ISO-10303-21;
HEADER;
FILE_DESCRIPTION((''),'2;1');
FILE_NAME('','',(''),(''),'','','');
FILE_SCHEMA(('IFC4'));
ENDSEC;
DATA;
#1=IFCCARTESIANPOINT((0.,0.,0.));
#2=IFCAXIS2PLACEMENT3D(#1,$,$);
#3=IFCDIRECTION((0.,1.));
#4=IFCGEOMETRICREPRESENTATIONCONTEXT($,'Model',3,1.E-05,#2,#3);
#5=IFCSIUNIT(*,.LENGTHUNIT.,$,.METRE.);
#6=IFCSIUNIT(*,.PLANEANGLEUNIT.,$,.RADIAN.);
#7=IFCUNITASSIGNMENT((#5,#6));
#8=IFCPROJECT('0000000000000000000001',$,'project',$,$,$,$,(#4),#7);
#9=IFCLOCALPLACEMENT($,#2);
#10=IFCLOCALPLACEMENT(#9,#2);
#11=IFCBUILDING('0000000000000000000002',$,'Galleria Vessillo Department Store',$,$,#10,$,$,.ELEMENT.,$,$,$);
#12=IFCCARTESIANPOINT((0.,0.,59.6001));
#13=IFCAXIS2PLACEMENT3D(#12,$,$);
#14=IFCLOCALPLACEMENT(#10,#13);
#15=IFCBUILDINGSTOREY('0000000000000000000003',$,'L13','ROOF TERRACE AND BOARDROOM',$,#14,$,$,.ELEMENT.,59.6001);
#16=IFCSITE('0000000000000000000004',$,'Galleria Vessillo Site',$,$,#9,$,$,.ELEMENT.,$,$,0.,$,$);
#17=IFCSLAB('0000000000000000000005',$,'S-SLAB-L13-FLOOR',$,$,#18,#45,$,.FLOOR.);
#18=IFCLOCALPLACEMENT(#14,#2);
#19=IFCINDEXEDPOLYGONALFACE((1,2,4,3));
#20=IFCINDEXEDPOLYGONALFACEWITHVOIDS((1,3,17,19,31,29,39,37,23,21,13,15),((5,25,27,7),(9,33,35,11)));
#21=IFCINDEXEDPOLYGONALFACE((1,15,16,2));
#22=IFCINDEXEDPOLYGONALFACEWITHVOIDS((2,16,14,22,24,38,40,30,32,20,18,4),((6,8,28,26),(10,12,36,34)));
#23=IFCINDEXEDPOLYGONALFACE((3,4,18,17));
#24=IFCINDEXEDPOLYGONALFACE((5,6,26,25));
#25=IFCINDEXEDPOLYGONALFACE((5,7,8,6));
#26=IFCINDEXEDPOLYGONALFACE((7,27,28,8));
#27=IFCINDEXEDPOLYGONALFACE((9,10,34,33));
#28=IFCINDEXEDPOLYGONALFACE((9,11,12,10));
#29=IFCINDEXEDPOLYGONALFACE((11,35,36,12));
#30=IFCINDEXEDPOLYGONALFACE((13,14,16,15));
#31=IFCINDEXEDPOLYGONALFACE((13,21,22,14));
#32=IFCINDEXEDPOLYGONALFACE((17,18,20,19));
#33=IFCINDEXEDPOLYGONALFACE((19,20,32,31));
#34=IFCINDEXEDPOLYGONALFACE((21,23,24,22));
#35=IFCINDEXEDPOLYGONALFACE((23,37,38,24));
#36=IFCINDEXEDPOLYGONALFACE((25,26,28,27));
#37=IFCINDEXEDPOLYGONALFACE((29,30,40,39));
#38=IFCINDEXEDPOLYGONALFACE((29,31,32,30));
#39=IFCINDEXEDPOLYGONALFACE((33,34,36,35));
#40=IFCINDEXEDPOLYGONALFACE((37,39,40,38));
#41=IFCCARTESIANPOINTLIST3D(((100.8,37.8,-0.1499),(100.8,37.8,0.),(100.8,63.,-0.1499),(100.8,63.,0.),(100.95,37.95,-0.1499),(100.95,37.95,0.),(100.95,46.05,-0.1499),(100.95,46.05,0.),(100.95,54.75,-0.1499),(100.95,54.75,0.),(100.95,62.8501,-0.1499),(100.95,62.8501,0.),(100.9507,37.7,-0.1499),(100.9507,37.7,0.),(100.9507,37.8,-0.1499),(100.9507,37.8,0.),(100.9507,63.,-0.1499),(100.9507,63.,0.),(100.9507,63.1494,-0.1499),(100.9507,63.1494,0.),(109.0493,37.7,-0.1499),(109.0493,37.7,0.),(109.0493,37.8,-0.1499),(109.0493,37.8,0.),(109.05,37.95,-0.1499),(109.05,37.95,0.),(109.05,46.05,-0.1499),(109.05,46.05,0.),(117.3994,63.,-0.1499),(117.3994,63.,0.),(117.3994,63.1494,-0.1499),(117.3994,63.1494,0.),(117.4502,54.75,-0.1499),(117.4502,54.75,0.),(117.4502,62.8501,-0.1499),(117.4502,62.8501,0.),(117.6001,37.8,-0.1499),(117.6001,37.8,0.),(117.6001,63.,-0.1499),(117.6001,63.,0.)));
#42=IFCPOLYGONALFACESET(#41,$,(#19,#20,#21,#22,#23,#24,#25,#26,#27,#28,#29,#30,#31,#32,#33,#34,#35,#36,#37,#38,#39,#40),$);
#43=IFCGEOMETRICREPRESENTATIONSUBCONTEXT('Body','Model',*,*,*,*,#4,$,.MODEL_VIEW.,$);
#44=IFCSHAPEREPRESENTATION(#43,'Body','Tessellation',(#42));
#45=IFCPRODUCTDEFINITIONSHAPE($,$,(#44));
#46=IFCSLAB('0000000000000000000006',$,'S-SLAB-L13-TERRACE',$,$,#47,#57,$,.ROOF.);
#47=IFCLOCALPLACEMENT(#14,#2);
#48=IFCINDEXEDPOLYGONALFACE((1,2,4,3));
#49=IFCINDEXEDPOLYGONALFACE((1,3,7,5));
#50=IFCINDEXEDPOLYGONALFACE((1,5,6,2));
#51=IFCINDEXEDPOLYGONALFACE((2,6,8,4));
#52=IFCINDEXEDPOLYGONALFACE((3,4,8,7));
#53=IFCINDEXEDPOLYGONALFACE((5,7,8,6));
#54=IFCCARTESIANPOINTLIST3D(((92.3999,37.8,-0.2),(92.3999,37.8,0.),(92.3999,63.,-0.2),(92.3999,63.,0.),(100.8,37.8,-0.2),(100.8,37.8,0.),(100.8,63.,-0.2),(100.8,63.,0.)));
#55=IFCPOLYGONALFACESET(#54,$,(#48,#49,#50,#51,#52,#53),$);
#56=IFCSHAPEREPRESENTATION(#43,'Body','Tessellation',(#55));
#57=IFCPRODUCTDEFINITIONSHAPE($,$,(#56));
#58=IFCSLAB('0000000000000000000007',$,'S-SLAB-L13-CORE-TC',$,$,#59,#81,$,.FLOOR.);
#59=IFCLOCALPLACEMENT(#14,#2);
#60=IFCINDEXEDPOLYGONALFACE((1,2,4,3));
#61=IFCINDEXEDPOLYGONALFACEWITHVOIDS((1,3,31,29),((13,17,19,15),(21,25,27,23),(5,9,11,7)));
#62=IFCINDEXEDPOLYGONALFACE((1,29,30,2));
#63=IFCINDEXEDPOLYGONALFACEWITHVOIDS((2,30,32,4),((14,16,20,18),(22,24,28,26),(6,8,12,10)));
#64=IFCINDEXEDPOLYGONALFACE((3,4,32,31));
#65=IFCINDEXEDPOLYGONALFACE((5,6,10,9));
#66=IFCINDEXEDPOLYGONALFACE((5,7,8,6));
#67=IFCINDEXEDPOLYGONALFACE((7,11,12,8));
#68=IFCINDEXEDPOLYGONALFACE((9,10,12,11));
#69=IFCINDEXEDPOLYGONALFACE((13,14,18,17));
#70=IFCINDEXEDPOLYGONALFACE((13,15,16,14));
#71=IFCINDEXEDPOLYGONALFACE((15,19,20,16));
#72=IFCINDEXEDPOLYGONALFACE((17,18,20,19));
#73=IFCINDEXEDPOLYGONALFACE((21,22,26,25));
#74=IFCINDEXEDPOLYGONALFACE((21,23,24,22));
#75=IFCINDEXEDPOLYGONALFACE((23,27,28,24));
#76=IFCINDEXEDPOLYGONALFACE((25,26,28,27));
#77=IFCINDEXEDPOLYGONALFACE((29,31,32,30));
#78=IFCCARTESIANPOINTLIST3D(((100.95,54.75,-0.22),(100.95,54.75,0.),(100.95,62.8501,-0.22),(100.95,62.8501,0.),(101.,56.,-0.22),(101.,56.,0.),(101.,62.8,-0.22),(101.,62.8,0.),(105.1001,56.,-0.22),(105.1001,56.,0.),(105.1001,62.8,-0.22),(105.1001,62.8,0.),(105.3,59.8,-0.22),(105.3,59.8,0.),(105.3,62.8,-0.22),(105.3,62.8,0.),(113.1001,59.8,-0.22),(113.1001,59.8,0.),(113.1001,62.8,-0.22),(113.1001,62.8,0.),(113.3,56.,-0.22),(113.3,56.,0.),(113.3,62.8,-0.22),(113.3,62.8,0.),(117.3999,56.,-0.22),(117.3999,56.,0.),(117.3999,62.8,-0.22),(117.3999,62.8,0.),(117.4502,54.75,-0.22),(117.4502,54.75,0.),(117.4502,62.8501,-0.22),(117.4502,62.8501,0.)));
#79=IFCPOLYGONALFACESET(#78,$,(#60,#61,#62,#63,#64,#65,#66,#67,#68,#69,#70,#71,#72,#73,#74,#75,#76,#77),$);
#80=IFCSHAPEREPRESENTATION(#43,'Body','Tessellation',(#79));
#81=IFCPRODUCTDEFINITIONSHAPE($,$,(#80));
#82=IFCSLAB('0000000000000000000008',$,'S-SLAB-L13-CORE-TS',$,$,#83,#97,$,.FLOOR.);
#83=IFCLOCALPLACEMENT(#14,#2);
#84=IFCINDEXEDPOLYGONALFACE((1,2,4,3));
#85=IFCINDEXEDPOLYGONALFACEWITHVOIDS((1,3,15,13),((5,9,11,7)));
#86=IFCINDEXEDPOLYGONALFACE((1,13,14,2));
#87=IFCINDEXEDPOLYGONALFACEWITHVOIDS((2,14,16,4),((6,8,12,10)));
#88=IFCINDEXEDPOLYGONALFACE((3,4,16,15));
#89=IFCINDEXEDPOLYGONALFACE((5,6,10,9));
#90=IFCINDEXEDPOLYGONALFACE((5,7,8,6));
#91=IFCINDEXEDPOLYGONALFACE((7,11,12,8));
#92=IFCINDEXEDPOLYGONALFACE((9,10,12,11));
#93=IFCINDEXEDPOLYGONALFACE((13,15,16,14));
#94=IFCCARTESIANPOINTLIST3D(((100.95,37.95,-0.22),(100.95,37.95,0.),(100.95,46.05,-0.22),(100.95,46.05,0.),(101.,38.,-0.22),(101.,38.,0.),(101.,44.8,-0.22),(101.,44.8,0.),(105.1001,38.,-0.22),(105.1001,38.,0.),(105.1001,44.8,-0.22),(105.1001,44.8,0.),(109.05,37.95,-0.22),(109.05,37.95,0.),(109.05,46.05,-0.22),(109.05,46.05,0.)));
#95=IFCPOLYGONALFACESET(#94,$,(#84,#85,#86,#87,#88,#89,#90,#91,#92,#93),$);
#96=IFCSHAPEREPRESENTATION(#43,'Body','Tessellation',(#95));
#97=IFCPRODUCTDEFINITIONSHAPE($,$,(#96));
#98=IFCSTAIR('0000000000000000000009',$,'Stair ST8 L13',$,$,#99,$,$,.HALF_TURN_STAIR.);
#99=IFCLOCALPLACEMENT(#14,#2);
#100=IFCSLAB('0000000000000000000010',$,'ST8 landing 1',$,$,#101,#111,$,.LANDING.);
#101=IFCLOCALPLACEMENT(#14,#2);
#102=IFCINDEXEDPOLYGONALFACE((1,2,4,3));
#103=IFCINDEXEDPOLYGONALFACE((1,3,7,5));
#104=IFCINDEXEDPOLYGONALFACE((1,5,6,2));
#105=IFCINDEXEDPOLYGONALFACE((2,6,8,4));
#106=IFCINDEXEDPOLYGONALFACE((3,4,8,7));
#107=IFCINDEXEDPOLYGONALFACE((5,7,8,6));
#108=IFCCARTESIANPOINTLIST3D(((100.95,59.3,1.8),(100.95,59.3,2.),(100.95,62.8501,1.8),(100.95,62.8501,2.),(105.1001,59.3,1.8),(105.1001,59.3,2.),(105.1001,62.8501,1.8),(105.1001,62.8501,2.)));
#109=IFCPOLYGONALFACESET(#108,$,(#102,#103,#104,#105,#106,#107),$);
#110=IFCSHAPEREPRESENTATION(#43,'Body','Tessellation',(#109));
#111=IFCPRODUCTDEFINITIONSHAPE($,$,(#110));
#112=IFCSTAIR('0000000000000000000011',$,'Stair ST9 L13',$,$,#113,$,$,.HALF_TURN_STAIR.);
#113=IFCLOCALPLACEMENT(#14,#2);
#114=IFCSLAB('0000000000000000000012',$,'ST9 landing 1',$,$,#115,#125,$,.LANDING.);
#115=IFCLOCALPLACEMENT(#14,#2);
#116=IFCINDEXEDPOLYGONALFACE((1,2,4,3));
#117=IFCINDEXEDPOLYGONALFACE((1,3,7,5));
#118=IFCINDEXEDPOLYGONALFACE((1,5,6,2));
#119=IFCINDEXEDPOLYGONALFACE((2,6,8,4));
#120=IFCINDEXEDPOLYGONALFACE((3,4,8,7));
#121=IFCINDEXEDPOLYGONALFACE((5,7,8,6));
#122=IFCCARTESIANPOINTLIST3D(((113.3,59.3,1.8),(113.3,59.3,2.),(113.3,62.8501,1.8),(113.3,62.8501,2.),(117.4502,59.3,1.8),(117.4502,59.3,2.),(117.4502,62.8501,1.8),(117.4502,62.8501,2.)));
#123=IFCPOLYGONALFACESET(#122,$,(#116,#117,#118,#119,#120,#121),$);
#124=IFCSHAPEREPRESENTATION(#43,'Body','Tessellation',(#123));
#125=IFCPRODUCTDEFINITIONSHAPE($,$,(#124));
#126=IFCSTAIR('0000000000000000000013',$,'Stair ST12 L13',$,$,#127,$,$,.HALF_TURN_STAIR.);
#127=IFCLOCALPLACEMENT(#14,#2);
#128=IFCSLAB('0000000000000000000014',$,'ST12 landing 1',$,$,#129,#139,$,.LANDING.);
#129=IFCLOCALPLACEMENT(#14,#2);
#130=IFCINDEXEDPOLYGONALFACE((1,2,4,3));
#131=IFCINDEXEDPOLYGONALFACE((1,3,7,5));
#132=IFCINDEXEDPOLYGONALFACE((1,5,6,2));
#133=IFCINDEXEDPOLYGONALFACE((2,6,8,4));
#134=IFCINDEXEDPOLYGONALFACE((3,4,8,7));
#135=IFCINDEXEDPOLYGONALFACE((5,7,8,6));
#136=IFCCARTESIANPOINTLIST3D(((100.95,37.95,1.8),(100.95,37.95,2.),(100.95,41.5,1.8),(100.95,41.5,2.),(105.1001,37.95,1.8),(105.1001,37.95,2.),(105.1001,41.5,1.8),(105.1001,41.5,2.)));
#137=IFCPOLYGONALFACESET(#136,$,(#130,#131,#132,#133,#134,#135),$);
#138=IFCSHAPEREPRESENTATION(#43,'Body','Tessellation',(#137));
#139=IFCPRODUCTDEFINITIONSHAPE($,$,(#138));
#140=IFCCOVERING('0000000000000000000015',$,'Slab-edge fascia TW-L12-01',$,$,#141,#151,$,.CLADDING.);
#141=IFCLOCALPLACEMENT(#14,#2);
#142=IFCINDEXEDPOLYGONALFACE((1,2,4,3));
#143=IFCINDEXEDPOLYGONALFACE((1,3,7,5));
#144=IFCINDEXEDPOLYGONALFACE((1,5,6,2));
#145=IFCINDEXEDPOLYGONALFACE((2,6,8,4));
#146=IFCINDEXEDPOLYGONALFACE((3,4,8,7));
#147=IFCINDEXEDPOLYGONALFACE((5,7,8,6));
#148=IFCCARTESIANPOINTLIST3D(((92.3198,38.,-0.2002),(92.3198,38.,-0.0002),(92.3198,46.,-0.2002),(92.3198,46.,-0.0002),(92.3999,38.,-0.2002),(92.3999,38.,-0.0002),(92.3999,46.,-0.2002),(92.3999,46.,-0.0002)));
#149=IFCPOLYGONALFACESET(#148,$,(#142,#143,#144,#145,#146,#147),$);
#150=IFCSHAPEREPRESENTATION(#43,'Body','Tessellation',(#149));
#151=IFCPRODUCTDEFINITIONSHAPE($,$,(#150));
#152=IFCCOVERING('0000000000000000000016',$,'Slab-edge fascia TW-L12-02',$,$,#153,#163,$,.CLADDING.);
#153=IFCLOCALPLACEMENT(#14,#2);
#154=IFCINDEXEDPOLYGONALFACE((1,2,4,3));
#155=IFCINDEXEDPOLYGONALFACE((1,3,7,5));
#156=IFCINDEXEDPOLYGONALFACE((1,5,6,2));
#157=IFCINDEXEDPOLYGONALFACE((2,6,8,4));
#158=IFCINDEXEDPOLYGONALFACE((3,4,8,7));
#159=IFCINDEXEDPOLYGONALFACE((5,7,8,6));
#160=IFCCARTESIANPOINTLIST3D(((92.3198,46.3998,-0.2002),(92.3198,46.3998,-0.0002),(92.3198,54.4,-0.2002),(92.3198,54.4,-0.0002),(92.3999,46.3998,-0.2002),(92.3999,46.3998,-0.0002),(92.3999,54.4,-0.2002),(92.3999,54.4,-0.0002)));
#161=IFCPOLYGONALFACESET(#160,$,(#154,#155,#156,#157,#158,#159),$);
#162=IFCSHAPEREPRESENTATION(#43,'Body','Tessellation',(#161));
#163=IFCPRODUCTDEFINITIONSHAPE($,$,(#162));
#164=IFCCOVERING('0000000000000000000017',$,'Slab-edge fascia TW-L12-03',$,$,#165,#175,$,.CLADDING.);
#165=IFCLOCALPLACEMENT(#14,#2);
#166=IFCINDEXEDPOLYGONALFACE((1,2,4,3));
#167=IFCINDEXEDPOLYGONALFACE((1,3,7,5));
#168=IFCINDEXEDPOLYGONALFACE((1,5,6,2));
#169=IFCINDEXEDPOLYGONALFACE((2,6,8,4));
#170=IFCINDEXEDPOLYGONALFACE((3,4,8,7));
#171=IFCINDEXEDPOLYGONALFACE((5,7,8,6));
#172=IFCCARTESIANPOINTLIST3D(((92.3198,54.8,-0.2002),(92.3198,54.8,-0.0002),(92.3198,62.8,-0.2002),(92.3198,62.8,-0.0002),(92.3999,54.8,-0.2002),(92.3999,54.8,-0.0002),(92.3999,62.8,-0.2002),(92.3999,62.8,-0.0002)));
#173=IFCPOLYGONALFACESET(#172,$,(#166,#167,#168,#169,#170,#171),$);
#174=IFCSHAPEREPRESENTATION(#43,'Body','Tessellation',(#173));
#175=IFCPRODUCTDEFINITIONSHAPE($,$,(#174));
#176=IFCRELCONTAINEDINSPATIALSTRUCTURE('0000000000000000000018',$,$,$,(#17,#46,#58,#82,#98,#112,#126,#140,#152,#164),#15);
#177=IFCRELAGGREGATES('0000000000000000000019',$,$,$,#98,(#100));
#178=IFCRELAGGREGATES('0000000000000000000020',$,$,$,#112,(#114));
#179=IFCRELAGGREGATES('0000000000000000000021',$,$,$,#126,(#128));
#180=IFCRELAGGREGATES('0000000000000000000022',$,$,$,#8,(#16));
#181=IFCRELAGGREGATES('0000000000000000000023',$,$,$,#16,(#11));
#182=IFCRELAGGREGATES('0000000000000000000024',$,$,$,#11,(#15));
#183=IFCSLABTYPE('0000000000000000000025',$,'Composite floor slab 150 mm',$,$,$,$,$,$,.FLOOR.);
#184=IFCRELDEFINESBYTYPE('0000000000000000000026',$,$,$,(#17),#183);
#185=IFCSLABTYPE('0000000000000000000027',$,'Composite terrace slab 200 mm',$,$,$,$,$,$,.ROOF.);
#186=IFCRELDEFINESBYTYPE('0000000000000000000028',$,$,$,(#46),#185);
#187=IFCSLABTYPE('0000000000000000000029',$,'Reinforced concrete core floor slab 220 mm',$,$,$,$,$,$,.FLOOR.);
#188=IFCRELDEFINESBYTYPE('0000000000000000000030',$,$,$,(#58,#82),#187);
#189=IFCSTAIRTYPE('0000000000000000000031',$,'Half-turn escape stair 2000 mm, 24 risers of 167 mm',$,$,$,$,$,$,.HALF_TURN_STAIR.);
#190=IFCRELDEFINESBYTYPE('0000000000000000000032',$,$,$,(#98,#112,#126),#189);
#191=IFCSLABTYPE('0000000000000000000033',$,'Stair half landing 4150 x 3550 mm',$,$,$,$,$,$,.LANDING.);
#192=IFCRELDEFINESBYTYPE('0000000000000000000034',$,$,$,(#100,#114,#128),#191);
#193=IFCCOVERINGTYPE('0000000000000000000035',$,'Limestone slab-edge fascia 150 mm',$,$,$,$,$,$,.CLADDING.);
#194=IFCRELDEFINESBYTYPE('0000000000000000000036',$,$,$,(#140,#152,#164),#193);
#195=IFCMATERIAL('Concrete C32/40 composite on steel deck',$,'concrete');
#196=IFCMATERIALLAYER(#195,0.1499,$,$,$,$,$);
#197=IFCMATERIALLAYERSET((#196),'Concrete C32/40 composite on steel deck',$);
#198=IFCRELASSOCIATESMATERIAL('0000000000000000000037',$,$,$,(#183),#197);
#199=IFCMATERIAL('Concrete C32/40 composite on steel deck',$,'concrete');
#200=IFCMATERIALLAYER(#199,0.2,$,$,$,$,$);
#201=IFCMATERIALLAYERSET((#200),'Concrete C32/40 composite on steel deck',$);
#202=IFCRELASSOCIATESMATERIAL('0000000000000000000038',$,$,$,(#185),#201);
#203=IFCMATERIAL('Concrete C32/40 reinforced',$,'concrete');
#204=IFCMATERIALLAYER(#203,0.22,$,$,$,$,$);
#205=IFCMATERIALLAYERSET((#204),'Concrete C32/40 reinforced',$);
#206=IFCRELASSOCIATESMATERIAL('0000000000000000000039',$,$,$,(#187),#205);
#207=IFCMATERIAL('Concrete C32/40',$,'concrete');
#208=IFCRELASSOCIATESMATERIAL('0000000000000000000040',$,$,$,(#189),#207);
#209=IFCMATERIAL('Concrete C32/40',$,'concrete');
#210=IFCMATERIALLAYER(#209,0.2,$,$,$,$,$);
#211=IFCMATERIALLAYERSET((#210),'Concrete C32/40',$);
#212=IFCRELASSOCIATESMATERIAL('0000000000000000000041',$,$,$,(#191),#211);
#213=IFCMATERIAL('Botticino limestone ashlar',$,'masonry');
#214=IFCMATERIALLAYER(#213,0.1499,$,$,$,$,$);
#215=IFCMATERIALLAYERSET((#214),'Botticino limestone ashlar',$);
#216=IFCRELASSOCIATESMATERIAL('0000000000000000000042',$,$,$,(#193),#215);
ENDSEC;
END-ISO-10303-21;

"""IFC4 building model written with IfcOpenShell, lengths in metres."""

from ifc_helpers import new_model, si_unit, direction, frame, origin, origin_2d, place, context, subcontext, project, spatial, polyline, rectangle, outline, extrude, material, layer, layer_set, type_object, element, aggregate, save


model = new_model("IFC4")

# Units and contexts
model_context = context("Model", 3, precision=1e-05, world=origin(), true_north=direction((0.0, 1.0)))
body_context = subcontext(model_context, "Body", "Model", "MODEL_VIEW")
ifc_project = project(units=[si_unit("LENGTHUNIT", "METRE"), si_unit("PLANEANGLEUNIT", "RADIAN")], contexts=[model_context])

# Site, building, storey
site_placement = place(None, origin())
site = spatial("IfcSite", under=ifc_project, at=site_placement, Name="Galleria Vessillo Site", CompositionType="ELEMENT", RefElevation=0.0)
building_placement = place(site_placement, origin())
building = spatial("IfcBuilding", under=site, at=building_placement, Name="Galleria Vessillo Department Store", CompositionType="ELEMENT")
storey_placement = place(building_placement, frame((0.0, 0.0, 59.6001)))
storey = spatial("IfcBuildingStorey", under=building, at=storey_placement, Name="L13", Description="ROOF TERRACE AND BOARDROOM", CompositionType="ELEMENT", Elevation=59.6001)

# Slabs
ifc_material_1 = material(Name="Concrete C32/40 composite on steel deck", Category="concrete")
ifc_layer_1 = layer(ifc_material_1, 0.1499)
ifc_layer_set_1 = layer_set([ifc_layer_1], Name="Concrete C32/40 composite on steel deck")
slab_type_1 = type_object("IfcSlabType", Name="Composite floor slab 150 mm", PredefinedType="FLOOR", material=ifc_layer_set_1)
slab_1_placement = place(storey_placement, frame((0.0, 0.0, -0.1499)))
element("IfcSlab", 1, at=slab_1_placement, inside=storey, type_object=slab_type_1, Name="S-SLAB-L13-FLOOR", PredefinedType="FLOOR", context=body_context, shape_type="SweptSolid", body=[
    extrude(outline(polyline([(100.9507, 37.7), (100.9507, 37.8), (100.8, 37.8), (100.8, 63.0), (100.9507, 63.0), (100.9507, 63.1494), (117.3994, 63.1494), (117.3994, 63.0), (117.6001, 63.0), (117.6001, 37.8), (109.0493, 37.8), (109.0493, 37.7), (100.9507, 37.7)]), holes=[polyline([(109.05, 37.95), (109.05, 46.05), (100.95, 46.05), (100.95, 37.95), (109.05, 37.95)]), polyline([(117.4502, 54.75), (117.4502, 62.8501), (100.95, 62.8501), (100.95, 54.75), (117.4502, 54.75)])]), origin(), (0.0, 0.0, 1.0), 0.1499),
])
ifc_material_2 = material(Name="Concrete C32/40 composite on steel deck", Category="concrete")
ifc_layer_2 = layer(ifc_material_2, 0.2)
ifc_layer_set_2 = layer_set([ifc_layer_2], Name="Concrete C32/40 composite on steel deck")
slab_type_2 = type_object("IfcSlabType", Name="Composite terrace slab 200 mm", PredefinedType="ROOF", material=ifc_layer_set_2)
slab_2_placement = place(storey_placement, frame((0.0, 0.0, -0.2)))
element("IfcSlab", 2, at=slab_2_placement, inside=storey, type_object=slab_type_2, Name="S-SLAB-L13-TERRACE", PredefinedType="ROOF", context=body_context, shape_type="SweptSolid", body=[
    extrude(outline(polyline([(92.3999, 37.8), (92.3999, 63.0), (100.8, 63.0), (100.8, 37.8), (92.3999, 37.8)])), origin(), (0.0, 0.0, 1.0), 0.2),
])
ifc_material_3 = material(Name="Concrete C32/40 reinforced", Category="concrete")
ifc_layer_3 = layer(ifc_material_3, 0.22)
ifc_layer_set_3 = layer_set([ifc_layer_3], Name="Concrete C32/40 reinforced")
slab_type_3 = type_object("IfcSlabType", Name="Reinforced concrete core floor slab 220 mm", PredefinedType="FLOOR", material=ifc_layer_set_3)
slab_3_placement = place(storey_placement, frame((0.0, 0.0, -0.22)))
element("IfcSlab", 3, at=slab_3_placement, inside=storey, type_object=slab_type_3, Name="S-SLAB-L13-CORE-TC", PredefinedType="FLOOR", context=body_context, shape_type="SweptSolid", body=[
    extrude(outline(polyline([(100.95, 54.75), (100.95, 62.8501), (117.4502, 62.8501), (117.4502, 54.75), (100.95, 54.75)]), holes=[polyline([(105.1001, 56.0), (105.1001, 62.8), (101.0, 62.8), (101.0, 56.0), (105.1001, 56.0)]), polyline([(113.3, 56.0), (117.3999, 56.0), (117.3999, 62.8), (113.3, 62.8), (113.3, 56.0)]), polyline([(105.3, 59.8), (113.1001, 59.8), (113.1001, 62.8), (105.3, 62.8), (105.3, 59.8)])]), origin(), (0.0, 0.0, 1.0), 0.22),
])
slab_4_placement = place(storey_placement, frame((0.0, 0.0, -0.22)))
element("IfcSlab", 4, at=slab_4_placement, inside=storey, type_object=slab_type_3, Name="S-SLAB-L13-CORE-TS", PredefinedType="FLOOR", context=body_context, shape_type="SweptSolid", body=[
    extrude(outline(polyline([(100.95, 37.95), (100.95, 46.05), (109.05, 46.05), (109.05, 37.95), (100.95, 37.95)]), holes=[polyline([(105.1001, 44.8), (101.0, 44.8), (101.0, 38.0), (105.1001, 38.0), (105.1001, 44.8)])]), origin(), (0.0, 0.0, 1.0), 0.22),
])

# Stairs, slabs
ifc_material_4 = material(Name="Concrete C32/40", Category="concrete")
stair_type = type_object("IfcStairType", Name="Half-turn escape stair 2000 mm, 24 risers of 167 mm", PredefinedType="HALF_TURN_STAIR", material=ifc_material_4)
stair_1_placement = place(storey_placement, origin())
stair_1 = element("IfcStair", 5, at=stair_1_placement, inside=storey, type_object=stair_type, Name="Stair ST8 L13", PredefinedType="HALF_TURN_STAIR")
ifc_material_5 = material(Name="Concrete C32/40", Category="concrete")
ifc_layer_4 = layer(ifc_material_5, 0.2)
ifc_layer_set_4 = layer_set([ifc_layer_4], Name="Concrete C32/40")
slab_type_4 = type_object("IfcSlabType", Name="Stair half landing 4150 x 3550 mm", PredefinedType="LANDING", material=ifc_layer_set_4)
slab_5_placement = place(storey_placement, frame((0.0, 0.0, 1.8)))
slab_5 = element("IfcSlab", 6, at=slab_5_placement, type_object=slab_type_4, Name="ST8 landing 1", PredefinedType="LANDING", context=body_context, shape_type="SweptSolid", body=[
    extrude(outline(polyline([(100.95, 59.3), (100.95, 62.8501), (105.1001, 62.8501), (105.1001, 59.3), (100.95, 59.3)])), origin(), (0.0, 0.0, 1.0), 0.2),
])
aggregate(stair_1, [slab_5])
stair_2_placement = place(storey_placement, origin())
stair_2 = element("IfcStair", 7, at=stair_2_placement, inside=storey, type_object=stair_type, Name="Stair ST9 L13", PredefinedType="HALF_TURN_STAIR")
slab_6_placement = place(storey_placement, frame((0.0, 0.0, 1.8)))
slab_6 = element("IfcSlab", 8, at=slab_6_placement, type_object=slab_type_4, Name="ST9 landing 1", PredefinedType="LANDING", context=body_context, shape_type="SweptSolid", body=[
    extrude(outline(polyline([(113.3, 59.3), (113.3, 62.8501), (117.4502, 62.8501), (117.4502, 59.3), (113.3, 59.3)])), origin(), (0.0, 0.0, 1.0), 0.2),
])
aggregate(stair_2, [slab_6])
stair_3_placement = place(storey_placement, origin())
stair_3 = element("IfcStair", 9, at=stair_3_placement, inside=storey, type_object=stair_type, Name="Stair ST12 L13", PredefinedType="HALF_TURN_STAIR")
slab_7_placement = place(storey_placement, frame((0.0, 0.0, 1.8)))
slab_7 = element("IfcSlab", 10, at=slab_7_placement, type_object=slab_type_4, Name="ST12 landing 1", PredefinedType="LANDING", context=body_context, shape_type="SweptSolid", body=[
    extrude(outline(polyline([(100.95, 37.95), (100.95, 41.5), (105.1001, 41.5), (105.1001, 37.95), (100.95, 37.95)])), origin(), (0.0, 0.0, 1.0), 0.2),
])
aggregate(stair_3, [slab_7])

# Coverings
ifc_material_6 = material(Name="Botticino limestone ashlar", Category="masonry")
ifc_layer_5 = layer(ifc_material_6, 0.1499)
ifc_layer_set_5 = layer_set([ifc_layer_5], Name="Botticino limestone ashlar")
covering_type_1 = type_object("IfcCoveringType", Name="Limestone slab-edge fascia 150 mm", PredefinedType="CLADDING", material=ifc_layer_set_5)
covering_1_placement = place(storey_placement, frame((92.3599, 42.0, -0.2002), z_axis=(0.0, 0.0, 1.0), x_axis=(1.0, 0.0, 0.0)))
element("IfcCovering", 11, at=covering_1_placement, inside=storey, type_object=covering_type_1, Name="Slab-edge fascia TW-L12-01", PredefinedType="CLADDING", context=body_context, shape_type="SweptSolid", body=[
    extrude(rectangle(XDim=0.0801, YDim=8.0, at=origin_2d()), origin(), (0.0, 0.0, 1.0), 0.2),
])
covering_2_placement = place(storey_placement, frame((92.3599, 50.3999, -0.2002), z_axis=(0.0, 0.0, 1.0), x_axis=(1.0, 0.0, 0.0)))
element("IfcCovering", 12, at=covering_2_placement, inside=storey, type_object=covering_type_1, Name="Slab-edge fascia TW-L12-02", PredefinedType="CLADDING", context=body_context, shape_type="SweptSolid", body=[
    extrude(rectangle(XDim=0.0801, YDim=8.0002, at=origin_2d()), origin(), (0.0, 0.0, 1.0), 0.2),
])
covering_3_placement = place(storey_placement, frame((92.3599, 58.8, -0.2002), z_axis=(0.0, 0.0, 1.0), x_axis=(1.0, 0.0, 0.0)))
element("IfcCovering", 13, at=covering_3_placement, inside=storey, type_object=covering_type_1, Name="Slab-edge fascia TW-L12-03", PredefinedType="CLADDING", context=body_context, shape_type="SweptSolid", body=[
    extrude(rectangle(XDim=0.0801, YDim=8.0, at=origin_2d()), origin(), (0.0, 0.0, 1.0), 0.2),
])

save(model, "model.ifc")
